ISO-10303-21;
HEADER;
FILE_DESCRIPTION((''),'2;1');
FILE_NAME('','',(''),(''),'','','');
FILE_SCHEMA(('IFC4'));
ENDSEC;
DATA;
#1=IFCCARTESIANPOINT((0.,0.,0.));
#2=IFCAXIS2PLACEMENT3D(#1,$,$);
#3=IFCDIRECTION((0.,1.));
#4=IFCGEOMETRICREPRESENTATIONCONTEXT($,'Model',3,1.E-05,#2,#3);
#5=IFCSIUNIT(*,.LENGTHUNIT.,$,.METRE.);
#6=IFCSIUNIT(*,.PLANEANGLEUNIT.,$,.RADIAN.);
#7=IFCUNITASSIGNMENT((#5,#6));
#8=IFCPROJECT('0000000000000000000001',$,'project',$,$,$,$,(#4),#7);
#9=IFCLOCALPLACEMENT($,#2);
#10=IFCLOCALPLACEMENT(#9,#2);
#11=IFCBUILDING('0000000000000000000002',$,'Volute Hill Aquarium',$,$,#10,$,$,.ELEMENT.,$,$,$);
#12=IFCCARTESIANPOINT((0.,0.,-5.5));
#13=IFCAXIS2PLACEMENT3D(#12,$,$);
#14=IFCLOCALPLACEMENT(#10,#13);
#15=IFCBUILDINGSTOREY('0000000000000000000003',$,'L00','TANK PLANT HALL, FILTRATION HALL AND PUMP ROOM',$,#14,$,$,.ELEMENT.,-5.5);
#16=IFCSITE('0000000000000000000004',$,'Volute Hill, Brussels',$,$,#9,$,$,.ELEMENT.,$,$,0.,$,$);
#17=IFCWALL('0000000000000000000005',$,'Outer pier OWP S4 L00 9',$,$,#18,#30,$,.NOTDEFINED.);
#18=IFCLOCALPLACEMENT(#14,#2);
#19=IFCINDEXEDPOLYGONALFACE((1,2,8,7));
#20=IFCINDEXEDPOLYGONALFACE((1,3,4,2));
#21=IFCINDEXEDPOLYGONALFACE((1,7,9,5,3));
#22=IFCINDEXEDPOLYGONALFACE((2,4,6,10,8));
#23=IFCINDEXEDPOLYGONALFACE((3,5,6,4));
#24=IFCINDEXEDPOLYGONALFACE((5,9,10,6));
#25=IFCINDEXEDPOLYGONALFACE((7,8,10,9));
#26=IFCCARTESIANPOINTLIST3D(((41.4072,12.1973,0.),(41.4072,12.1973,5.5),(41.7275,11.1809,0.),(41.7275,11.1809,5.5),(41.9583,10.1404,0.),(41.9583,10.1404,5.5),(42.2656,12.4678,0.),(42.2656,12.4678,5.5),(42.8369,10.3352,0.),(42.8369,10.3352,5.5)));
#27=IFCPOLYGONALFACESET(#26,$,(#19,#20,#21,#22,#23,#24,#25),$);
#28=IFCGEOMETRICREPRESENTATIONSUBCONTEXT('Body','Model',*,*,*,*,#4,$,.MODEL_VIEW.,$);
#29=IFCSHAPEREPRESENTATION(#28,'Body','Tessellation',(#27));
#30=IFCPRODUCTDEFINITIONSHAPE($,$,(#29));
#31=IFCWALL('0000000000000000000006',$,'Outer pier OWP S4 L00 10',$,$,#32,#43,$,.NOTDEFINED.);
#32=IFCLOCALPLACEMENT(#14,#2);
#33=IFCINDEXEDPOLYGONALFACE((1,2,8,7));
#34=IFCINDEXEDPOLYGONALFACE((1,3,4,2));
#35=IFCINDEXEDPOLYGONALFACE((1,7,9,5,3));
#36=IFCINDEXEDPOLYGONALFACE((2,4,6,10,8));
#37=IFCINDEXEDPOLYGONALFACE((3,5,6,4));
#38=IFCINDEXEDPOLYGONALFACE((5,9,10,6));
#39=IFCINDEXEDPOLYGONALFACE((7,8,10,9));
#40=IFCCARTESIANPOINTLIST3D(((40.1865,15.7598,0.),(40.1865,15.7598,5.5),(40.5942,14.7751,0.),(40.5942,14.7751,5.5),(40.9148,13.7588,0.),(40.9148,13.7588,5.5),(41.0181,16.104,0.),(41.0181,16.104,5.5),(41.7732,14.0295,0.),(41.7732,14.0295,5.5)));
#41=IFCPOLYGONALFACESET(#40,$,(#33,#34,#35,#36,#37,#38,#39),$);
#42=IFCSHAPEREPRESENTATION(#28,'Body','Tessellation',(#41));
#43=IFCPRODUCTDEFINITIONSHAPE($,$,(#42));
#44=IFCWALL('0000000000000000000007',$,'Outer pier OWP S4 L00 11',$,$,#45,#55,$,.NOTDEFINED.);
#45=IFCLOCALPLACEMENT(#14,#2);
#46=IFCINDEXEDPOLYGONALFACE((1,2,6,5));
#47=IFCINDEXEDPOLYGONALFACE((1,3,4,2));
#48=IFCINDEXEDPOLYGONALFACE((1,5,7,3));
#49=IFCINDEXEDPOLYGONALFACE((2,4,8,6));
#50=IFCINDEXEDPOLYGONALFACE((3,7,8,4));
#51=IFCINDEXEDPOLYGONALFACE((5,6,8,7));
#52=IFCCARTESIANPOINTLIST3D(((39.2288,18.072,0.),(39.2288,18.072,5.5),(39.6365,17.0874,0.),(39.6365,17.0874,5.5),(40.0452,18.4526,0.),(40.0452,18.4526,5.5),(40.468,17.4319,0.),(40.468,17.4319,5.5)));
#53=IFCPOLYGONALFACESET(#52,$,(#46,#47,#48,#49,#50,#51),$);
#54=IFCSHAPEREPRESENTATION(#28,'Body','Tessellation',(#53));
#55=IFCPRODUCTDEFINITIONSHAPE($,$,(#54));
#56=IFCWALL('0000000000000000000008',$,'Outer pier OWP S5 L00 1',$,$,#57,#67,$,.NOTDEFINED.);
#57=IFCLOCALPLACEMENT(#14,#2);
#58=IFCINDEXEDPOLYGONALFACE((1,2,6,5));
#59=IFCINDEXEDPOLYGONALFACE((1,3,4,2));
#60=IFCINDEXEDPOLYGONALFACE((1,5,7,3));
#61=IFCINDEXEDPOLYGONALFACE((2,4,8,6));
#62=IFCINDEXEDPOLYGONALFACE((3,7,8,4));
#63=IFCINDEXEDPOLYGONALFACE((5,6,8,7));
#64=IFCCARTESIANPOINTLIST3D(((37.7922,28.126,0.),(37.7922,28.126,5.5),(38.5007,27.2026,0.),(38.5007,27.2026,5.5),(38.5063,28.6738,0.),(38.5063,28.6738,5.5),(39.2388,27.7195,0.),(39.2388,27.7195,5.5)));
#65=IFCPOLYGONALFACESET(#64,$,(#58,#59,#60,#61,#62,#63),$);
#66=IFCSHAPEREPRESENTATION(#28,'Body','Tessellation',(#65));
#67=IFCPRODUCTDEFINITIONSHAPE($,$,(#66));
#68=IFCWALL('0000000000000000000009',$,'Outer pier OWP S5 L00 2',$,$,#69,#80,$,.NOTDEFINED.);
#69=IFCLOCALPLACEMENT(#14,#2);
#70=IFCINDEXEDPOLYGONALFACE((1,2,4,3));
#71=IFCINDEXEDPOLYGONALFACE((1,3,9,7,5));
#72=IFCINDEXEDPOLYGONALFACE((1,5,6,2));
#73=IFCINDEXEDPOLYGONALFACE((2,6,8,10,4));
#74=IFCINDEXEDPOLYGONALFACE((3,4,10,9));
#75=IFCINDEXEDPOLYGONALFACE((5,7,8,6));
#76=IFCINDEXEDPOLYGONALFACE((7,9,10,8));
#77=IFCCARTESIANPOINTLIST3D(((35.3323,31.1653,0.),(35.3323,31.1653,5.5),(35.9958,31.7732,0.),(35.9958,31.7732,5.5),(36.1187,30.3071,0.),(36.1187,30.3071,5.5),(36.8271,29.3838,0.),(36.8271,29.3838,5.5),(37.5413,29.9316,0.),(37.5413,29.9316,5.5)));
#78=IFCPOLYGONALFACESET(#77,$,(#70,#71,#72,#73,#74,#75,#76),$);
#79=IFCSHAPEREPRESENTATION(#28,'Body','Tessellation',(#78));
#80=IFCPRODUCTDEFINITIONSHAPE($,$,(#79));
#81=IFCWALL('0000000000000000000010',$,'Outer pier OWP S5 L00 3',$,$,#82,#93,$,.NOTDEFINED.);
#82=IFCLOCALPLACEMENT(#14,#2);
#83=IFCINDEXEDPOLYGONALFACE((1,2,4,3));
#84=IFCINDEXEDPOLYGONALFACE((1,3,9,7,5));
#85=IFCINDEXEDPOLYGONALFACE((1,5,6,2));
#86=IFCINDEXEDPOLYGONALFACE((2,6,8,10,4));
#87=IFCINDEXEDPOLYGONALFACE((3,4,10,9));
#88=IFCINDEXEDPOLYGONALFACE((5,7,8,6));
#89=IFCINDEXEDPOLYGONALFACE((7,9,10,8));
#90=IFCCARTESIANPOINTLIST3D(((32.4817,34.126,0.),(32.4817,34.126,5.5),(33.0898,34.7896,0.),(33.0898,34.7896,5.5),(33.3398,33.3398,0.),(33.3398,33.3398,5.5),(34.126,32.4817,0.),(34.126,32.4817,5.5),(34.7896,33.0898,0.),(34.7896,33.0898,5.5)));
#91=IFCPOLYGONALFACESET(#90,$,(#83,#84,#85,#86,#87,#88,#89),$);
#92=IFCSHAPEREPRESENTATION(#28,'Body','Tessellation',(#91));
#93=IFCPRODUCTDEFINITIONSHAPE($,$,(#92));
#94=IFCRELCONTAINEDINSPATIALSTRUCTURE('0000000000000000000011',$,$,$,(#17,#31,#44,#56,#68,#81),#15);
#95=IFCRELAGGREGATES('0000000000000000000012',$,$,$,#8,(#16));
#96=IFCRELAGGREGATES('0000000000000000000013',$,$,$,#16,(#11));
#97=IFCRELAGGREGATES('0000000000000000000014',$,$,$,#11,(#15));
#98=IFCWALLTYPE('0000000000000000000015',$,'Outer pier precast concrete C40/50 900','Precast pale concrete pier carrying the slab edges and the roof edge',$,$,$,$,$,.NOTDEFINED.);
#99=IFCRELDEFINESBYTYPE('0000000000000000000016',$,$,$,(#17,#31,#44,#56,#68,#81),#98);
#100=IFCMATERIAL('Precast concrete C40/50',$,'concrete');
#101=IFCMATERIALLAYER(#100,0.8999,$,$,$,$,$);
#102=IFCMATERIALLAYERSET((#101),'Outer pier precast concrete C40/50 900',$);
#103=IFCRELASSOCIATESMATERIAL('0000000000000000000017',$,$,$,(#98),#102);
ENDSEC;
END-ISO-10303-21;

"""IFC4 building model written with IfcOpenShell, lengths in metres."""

from ifc_helpers import new_model, si_unit, direction, frame, origin, place, context, subcontext, project, spatial, polyline, outline, extrude, material, layer, layer_set, type_object, element, save


model = new_model("IFC4")

# Units and contexts
model_context = context("Model", 3, precision=1e-05, world=origin(), true_north=direction((0.0, 1.0)))
body_context = subcontext(model_context, "Body", "Model", "MODEL_VIEW")
ifc_project = project(units=[si_unit("LENGTHUNIT", "METRE"), si_unit("PLANEANGLEUNIT", "RADIAN")], contexts=[model_context])

# Site, building, storey
site_placement = place(None, origin())
site = spatial("IfcSite", under=ifc_project, at=site_placement, Name="Volute Hill, Brussels", CompositionType="ELEMENT", RefElevation=0.0)
building_placement = place(site_placement, origin())
building = spatial("IfcBuilding", under=site, at=building_placement, Name="Volute Hill Aquarium", CompositionType="ELEMENT")
storey_placement = place(building_placement, frame((0.0, 0.0, -5.5)))
storey = spatial("IfcBuildingStorey", under=building, at=storey_placement, Name="L00", Description="TANK PLANT HALL, FILTRATION HALL AND PUMP ROOM", CompositionType="ELEMENT", Elevation=-5.5)

# Walls
ifc_material = material(Name="Precast concrete C40/50", Category="concrete")
ifc_layer = layer(ifc_material, 0.8999)
ifc_layer_set = layer_set([ifc_layer], Name="Outer pier precast concrete C40/50 900")
wall_type = type_object("IfcWallType", Name="Outer pier precast concrete C40/50 900", Description="Precast pale concrete pier carrying the slab edges and the roof edge", PredefinedType="NOTDEFINED", material=ifc_layer_set)
wall_1_placement = place(storey_placement, origin())
element("IfcWall", 1, at=wall_1_placement, inside=storey, type_object=wall_type, Name="Outer pier OWP S4 L00 9", PredefinedType="NOTDEFINED", context=body_context, shape_type="SweptSolid", body=[
    extrude(outline(polyline([(41.9583, 10.1404), (42.8369, 10.3352), (42.2656, 12.4678), (41.4072, 12.1973), (41.7275, 11.1809), (41.9583, 10.1404)])), origin(), (0.0, 0.0, 1.0), 5.5),
])
wall_2_placement = place(storey_placement, origin())
element("IfcWall", 2, at=wall_2_placement, inside=storey, type_object=wall_type, Name="Outer pier OWP S4 L00 10", PredefinedType="NOTDEFINED", context=body_context, shape_type="SweptSolid", body=[
    extrude(outline(polyline([(40.9148, 13.7588), (41.7732, 14.0295), (41.0181, 16.104), (40.1865, 15.7598), (40.5942, 14.7751), (40.9148, 13.7588)])), origin(), (0.0, 0.0, 1.0), 5.5),
])
wall_3_placement = place(storey_placement, origin())
element("IfcWall", 3, at=wall_3_placement, inside=storey, type_object=wall_type, Name="Outer pier OWP S4 L00 11", PredefinedType="NOTDEFINED", context=body_context, shape_type="SweptSolid", body=[
    extrude(outline(polyline([(39.6365, 17.0874), (40.468, 17.4319), (40.0452, 18.4526), (39.2288, 18.072), (39.6365, 17.0874)])), origin(), (0.0, 0.0, 1.0), 5.5),
])
wall_4_placement = place(storey_placement, origin())
element("IfcWall", 4, at=wall_4_placement, inside=storey, type_object=wall_type, Name="Outer pier OWP S5 L00 1", PredefinedType="NOTDEFINED", context=body_context, shape_type="SweptSolid", body=[
    extrude(outline(polyline([(38.5007, 27.2026), (39.2388, 27.7195), (38.5063, 28.6738), (37.7922, 28.126), (38.5007, 27.2026)])), origin(), (0.0, 0.0, 1.0), 5.5),
])
wall_5_placement = place(storey_placement, origin())
element("IfcWall", 5, at=wall_5_placement, inside=storey, type_object=wall_type, Name="Outer pier OWP S5 L00 2", PredefinedType="NOTDEFINED", context=body_context, shape_type="SweptSolid", body=[
    extrude(outline(polyline([(36.8271, 29.3838), (37.5413, 29.9316), (35.9958, 31.7732), (35.3323, 31.1653), (36.1187, 30.3071), (36.8271, 29.3838)])), origin(), (0.0, 0.0, 1.0), 5.5),
])
wall_6_placement = place(storey_placement, origin())
element("IfcWall", 6, at=wall_6_placement, inside=storey, type_object=wall_type, Name="Outer pier OWP S5 L00 3", PredefinedType="NOTDEFINED", context=body_context, shape_type="SweptSolid", body=[
    extrude(outline(polyline([(34.126, 32.4817), (34.7896, 33.0898), (33.0898, 34.7896), (32.4817, 34.126), (33.3398, 33.3398), (34.126, 32.4817)])), origin(), (0.0, 0.0, 1.0), 5.5),
])

save(model, "model.ifc")
